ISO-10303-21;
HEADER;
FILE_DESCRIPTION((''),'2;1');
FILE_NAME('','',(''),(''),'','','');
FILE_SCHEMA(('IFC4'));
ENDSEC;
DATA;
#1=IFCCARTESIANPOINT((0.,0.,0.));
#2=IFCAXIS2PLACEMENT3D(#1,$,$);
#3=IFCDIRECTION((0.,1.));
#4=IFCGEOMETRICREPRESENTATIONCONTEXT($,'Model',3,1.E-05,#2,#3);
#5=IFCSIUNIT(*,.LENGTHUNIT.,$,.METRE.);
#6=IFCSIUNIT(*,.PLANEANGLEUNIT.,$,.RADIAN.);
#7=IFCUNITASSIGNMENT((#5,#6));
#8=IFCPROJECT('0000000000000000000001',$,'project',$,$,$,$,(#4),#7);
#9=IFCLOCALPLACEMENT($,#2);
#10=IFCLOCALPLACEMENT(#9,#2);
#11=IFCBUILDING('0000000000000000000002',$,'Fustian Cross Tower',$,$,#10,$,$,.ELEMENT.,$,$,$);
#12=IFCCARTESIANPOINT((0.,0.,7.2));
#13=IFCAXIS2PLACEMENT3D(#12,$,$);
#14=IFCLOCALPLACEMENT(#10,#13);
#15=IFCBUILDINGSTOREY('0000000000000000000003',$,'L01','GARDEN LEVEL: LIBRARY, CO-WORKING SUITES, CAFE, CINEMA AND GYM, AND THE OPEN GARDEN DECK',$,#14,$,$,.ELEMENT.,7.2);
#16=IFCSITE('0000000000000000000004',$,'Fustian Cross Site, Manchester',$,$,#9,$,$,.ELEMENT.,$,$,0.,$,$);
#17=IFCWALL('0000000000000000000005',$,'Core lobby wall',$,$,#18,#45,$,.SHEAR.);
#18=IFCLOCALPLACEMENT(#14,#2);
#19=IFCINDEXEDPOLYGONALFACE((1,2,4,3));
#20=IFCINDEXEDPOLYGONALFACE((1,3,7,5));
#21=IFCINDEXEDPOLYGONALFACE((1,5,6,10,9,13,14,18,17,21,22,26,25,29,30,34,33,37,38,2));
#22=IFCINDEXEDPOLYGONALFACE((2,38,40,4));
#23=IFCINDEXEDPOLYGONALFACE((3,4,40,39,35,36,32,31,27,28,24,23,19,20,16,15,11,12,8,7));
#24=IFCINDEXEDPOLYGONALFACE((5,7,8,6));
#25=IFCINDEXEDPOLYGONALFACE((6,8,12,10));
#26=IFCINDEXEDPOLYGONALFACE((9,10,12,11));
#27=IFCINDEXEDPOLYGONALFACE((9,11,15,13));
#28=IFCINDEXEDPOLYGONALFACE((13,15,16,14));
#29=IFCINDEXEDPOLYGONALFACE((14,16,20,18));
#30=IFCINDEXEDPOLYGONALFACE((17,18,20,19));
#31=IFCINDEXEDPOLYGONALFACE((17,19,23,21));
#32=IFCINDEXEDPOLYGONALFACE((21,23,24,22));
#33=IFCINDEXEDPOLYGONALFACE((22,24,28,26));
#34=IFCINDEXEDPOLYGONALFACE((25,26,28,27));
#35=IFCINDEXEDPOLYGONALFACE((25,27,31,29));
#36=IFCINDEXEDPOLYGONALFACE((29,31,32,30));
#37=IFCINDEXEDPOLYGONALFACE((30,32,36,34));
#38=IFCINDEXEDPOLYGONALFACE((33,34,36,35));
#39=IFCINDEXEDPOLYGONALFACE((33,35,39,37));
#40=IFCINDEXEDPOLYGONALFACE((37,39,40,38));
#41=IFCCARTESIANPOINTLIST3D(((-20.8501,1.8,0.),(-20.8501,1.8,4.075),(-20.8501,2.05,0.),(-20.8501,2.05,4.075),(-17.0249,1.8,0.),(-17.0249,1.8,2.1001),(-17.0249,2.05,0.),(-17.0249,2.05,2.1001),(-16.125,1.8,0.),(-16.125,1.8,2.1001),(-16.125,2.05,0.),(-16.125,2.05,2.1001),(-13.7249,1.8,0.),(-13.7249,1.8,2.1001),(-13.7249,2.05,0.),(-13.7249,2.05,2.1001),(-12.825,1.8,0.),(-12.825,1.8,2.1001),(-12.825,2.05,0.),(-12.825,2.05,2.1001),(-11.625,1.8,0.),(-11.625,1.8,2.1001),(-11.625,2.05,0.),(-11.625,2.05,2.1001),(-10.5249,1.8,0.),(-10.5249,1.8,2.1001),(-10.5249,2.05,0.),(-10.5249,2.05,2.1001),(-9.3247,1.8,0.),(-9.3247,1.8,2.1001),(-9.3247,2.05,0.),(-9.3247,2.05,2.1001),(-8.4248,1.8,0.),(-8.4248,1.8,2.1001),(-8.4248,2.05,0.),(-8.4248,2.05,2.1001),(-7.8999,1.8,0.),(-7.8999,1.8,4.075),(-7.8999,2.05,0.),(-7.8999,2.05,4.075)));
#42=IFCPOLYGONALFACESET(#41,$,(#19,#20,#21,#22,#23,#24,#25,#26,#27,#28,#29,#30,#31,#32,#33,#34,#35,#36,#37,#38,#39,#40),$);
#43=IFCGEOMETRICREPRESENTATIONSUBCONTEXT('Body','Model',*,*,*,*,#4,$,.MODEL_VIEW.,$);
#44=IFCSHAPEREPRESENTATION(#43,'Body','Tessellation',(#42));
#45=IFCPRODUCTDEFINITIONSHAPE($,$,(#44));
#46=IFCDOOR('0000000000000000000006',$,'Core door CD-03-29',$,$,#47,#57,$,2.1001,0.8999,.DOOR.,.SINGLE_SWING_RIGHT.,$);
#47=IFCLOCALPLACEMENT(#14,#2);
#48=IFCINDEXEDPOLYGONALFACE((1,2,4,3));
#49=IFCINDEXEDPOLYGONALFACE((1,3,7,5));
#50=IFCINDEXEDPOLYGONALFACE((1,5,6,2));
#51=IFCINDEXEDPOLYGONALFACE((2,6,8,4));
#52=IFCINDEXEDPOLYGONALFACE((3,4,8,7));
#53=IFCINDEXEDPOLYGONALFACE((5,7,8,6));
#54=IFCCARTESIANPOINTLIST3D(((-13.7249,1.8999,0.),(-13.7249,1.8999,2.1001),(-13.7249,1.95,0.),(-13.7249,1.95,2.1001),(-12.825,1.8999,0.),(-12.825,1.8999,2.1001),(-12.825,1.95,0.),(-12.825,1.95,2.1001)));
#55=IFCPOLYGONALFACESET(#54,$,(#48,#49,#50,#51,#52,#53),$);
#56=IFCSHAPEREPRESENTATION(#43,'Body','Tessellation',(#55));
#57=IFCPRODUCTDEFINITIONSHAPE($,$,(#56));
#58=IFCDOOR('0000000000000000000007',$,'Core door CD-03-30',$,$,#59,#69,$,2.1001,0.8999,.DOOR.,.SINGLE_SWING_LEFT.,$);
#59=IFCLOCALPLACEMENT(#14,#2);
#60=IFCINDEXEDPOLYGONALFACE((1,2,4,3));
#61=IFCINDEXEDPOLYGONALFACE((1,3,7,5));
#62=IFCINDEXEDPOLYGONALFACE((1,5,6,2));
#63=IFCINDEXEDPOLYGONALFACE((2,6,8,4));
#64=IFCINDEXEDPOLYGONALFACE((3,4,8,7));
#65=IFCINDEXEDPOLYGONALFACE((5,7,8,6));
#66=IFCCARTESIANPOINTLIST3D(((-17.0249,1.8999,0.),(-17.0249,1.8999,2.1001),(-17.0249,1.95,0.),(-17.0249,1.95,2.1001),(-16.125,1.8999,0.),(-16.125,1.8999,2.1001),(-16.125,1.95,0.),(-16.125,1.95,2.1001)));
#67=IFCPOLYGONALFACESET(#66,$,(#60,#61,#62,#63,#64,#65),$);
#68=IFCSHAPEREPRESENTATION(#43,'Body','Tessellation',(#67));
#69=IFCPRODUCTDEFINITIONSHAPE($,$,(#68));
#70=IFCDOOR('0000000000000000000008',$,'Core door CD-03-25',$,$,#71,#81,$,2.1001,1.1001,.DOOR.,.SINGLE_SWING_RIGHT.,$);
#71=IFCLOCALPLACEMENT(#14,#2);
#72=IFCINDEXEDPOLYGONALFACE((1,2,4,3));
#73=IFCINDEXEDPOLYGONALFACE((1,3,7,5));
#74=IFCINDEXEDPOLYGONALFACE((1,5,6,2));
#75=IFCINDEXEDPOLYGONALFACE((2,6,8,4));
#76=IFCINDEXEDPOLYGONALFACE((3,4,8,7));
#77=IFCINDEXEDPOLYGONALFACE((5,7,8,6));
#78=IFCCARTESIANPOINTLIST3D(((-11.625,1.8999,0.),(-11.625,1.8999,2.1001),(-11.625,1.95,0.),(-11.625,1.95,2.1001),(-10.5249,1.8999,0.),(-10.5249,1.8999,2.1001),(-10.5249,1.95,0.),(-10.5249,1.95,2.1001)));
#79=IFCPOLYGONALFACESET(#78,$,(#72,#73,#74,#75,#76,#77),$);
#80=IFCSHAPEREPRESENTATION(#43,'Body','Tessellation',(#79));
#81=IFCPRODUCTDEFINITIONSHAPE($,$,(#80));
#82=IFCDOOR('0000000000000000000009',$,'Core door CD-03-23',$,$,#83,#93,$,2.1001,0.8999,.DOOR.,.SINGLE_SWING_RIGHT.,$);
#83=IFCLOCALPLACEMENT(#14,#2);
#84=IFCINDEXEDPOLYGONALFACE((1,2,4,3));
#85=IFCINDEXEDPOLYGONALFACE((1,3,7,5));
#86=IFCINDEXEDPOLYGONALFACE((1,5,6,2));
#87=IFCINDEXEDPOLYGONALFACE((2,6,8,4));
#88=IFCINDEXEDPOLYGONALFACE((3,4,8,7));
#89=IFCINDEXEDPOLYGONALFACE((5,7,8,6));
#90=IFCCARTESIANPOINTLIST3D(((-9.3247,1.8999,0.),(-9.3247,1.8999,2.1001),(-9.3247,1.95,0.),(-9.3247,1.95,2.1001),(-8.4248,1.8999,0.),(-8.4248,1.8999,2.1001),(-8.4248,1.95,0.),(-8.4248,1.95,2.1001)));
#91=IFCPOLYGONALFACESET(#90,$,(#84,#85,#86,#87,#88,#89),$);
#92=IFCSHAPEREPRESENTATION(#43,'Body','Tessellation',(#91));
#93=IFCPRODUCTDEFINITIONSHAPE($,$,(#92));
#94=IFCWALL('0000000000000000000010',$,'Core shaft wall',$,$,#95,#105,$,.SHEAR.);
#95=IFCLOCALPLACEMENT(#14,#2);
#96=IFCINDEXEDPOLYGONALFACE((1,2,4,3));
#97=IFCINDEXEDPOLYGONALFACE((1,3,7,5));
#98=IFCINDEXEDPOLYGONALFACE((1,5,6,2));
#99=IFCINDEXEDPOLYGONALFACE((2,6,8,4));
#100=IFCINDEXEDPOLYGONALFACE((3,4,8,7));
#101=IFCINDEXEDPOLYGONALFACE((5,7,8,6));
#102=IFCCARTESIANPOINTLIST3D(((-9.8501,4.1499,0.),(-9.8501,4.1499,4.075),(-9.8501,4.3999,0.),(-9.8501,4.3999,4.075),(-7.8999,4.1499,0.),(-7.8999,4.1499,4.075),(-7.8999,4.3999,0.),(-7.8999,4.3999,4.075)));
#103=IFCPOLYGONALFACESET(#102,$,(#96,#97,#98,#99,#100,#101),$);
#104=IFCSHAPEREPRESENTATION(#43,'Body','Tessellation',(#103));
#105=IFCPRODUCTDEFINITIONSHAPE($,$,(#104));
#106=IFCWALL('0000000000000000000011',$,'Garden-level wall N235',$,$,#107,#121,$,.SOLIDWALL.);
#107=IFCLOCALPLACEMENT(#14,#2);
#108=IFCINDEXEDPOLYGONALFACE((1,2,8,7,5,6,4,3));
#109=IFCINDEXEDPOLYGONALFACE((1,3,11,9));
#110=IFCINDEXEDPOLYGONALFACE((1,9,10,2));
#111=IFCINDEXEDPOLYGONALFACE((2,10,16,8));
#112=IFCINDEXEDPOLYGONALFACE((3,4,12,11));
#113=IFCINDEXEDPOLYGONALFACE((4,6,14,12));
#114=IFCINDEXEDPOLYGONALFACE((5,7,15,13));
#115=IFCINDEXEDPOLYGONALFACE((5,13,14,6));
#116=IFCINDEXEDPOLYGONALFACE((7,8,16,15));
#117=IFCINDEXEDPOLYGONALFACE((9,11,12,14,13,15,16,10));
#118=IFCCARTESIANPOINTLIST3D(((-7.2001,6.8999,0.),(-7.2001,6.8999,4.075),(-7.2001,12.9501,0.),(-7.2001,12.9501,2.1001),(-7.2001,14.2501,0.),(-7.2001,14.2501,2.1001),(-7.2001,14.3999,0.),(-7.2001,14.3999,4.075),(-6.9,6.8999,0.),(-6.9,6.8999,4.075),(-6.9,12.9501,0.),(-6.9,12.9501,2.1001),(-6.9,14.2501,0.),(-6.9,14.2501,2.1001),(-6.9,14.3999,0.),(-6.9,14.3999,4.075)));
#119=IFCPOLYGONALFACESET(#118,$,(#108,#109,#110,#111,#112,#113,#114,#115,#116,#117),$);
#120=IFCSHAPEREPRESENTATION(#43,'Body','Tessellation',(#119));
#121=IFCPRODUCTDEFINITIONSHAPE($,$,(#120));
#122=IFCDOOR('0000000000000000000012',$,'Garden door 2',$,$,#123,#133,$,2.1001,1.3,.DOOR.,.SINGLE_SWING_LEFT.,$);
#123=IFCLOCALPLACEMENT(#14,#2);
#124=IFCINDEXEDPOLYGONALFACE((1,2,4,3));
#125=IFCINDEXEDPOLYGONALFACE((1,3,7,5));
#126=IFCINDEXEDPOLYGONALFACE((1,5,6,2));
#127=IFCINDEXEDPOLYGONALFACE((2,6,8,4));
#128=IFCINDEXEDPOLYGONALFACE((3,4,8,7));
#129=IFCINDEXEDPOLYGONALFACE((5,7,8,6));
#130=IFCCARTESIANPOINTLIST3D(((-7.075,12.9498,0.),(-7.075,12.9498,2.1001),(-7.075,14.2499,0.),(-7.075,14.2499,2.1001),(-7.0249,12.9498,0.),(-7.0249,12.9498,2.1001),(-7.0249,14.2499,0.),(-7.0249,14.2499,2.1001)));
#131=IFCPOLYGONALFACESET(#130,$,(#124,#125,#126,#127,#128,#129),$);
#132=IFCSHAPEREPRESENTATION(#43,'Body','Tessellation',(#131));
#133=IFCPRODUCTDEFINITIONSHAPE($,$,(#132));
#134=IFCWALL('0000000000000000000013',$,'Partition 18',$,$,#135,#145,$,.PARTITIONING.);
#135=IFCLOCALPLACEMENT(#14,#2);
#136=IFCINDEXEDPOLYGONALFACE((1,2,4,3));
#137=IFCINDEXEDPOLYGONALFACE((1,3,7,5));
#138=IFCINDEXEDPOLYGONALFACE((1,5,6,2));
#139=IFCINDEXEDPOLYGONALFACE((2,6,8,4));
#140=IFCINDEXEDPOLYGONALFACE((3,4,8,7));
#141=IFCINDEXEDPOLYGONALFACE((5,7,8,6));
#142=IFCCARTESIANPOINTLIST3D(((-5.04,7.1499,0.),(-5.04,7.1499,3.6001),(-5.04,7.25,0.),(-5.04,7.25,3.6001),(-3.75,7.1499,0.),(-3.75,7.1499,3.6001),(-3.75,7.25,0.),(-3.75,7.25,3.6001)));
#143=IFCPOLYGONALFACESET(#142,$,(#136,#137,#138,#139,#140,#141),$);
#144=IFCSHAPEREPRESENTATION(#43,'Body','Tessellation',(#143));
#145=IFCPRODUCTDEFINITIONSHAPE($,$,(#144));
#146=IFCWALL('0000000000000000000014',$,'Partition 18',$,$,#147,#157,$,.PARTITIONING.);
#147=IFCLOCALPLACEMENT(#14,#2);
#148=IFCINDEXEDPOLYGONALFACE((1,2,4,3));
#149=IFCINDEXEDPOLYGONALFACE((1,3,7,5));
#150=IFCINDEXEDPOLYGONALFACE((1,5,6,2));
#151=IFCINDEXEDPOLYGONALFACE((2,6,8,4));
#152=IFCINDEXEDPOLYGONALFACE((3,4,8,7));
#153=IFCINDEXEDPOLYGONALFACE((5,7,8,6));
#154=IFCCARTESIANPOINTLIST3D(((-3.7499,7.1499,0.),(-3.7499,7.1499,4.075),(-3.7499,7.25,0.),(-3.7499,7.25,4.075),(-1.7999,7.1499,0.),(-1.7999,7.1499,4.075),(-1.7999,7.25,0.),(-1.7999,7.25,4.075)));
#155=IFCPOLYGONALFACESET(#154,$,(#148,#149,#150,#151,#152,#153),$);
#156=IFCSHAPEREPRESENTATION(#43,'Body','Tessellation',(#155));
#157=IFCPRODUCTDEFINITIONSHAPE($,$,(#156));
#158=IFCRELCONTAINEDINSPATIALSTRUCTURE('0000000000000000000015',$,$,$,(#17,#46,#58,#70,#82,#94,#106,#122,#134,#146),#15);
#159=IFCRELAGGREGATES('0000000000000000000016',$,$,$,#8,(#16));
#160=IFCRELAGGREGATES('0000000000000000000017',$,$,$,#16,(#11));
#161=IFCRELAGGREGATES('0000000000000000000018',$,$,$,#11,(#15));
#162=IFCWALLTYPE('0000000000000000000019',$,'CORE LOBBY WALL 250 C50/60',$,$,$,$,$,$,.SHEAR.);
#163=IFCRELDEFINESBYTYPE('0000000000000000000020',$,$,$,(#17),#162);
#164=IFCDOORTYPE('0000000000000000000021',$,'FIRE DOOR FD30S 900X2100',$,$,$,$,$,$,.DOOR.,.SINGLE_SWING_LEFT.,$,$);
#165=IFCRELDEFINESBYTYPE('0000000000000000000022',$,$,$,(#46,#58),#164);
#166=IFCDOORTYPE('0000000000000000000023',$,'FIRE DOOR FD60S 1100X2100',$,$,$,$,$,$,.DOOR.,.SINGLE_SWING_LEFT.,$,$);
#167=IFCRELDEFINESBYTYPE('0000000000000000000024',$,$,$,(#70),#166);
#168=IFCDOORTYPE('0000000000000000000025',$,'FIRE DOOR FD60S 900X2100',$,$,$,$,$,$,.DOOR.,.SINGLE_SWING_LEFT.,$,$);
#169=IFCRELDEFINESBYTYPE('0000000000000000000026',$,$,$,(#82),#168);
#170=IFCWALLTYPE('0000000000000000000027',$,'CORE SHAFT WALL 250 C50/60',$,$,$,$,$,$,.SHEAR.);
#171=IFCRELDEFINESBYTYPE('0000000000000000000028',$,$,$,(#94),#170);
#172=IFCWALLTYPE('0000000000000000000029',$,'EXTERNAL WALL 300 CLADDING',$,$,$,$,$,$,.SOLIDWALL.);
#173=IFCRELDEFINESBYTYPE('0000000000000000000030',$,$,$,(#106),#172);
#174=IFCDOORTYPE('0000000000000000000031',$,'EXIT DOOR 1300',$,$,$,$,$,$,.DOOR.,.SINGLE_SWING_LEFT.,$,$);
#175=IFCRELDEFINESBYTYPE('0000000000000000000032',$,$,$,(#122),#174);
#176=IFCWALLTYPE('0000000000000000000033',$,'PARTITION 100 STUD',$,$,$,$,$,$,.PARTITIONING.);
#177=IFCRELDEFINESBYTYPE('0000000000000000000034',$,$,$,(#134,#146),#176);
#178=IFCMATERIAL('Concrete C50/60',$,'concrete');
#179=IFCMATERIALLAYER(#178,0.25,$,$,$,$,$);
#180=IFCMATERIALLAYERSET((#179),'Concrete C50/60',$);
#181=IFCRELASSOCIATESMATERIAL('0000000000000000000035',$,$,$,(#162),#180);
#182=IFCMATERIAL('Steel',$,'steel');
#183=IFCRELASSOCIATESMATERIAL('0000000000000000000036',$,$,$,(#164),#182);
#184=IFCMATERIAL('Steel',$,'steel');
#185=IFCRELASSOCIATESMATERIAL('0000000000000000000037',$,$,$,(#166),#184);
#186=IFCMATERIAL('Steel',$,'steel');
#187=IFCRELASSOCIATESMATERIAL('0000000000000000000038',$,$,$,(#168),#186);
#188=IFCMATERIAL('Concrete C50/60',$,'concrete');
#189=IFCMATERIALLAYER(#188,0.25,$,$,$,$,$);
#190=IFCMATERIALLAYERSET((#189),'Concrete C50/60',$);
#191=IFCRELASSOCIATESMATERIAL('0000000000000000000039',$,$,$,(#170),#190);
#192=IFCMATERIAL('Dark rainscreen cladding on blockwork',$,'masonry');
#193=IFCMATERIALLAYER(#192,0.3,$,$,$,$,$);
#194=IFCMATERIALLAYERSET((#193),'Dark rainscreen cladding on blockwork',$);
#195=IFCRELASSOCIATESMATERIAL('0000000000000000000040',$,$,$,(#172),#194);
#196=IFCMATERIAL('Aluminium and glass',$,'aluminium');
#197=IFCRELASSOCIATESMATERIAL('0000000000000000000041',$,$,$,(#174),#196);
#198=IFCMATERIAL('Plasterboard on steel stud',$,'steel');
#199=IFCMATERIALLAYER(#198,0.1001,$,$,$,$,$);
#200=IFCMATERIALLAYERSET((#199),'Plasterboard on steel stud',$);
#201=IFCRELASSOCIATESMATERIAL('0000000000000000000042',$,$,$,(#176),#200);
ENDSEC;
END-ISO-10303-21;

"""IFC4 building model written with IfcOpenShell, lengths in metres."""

from ifc_helpers import new_model, si_unit, direction, frame, frame_2d, origin, place, context, subcontext, project, spatial, rectangle, extrude, material, layer, layer_set, type_object, element, fill, save


model = new_model("IFC4")

# Units and contexts
model_context = context("Model", 3, precision=1e-05, world=origin(), true_north=direction((0.0, 1.0)))
body_context = subcontext(model_context, "Body", "Model", "MODEL_VIEW")
ifc_project = project(units=[si_unit("LENGTHUNIT", "METRE"), si_unit("PLANEANGLEUNIT", "RADIAN")], contexts=[model_context])

# Site, building, storey
site_placement = place(None, origin())
site = spatial("IfcSite", under=ifc_project, at=site_placement, Name="Fustian Cross Site, Manchester", CompositionType="ELEMENT", RefElevation=0.0)
building_placement = place(site_placement, origin())
building = spatial("IfcBuilding", under=site, at=building_placement, Name="Fustian Cross Tower", CompositionType="ELEMENT")
storey_placement = place(building_placement, frame((0.0, 0.0, 7.2)))
storey = spatial("IfcBuildingStorey", under=building, at=storey_placement, Name="L01", Description="GARDEN LEVEL: LIBRARY, CO-WORKING SUITES, CAFE, CINEMA AND GYM, AND THE OPEN GARDEN DECK", CompositionType="ELEMENT", Elevation=7.2)

# Wall, openings, doors
ifc_material_1 = material(Name="Concrete C50/60", Category="concrete")
ifc_layer_1 = layer(ifc_material_1, 0.25)
ifc_layer_set_1 = layer_set([ifc_layer_1], Name="Concrete C50/60")
wall_type_1 = type_object("IfcWallType", Name="CORE LOBBY WALL 250 C50/60", PredefinedType="SHEAR", material=ifc_layer_set_1)
wall_1_placement = place(storey_placement, frame((-7.8999, 1.925, 0.0), z_axis=(0.0, 0.0, 1.0), x_axis=(-1.0, 0.0, 0.0)))
wall_1 = element("IfcWall", 1, at=wall_1_placement, inside=storey, type_object=wall_type_1, Name="Core lobby wall", PredefinedType="SHEAR", context=body_context, shape_type="SweptSolid", body=[
    extrude(rectangle(XDim=12.9502, YDim=0.25, at=frame_2d((6.4751, 0.0))), origin(), (0.0, 0.0, 1.0), 4.075),
])
opening_1_placement = place(wall_1_placement, frame((0.5249, 0.0, 0.0)))
opening_1 = element("IfcOpeningElement", 2, at=opening_1_placement, cuts=wall_1, PredefinedType="OPENING", context=body_context, shape_type="SweptSolid", body=[
    extrude(rectangle(XDim=0.8999, YDim=2.1001, at=frame_2d((0.45, 1.05))), frame((0.0, 0.135, 0.0), z_axis=(0.0, -1.0, 0.0), x_axis=(1.0, 0.0, 0.0)), (0.0, 0.0, 1.0), 0.27),
])
opening_2_placement = place(wall_1_placement, frame((2.625, 0.0, 0.0)))
opening_2 = element("IfcOpeningElement", 3, at=opening_2_placement, cuts=wall_1, PredefinedType="OPENING", context=body_context, shape_type="SweptSolid", body=[
    extrude(rectangle(XDim=1.1001, YDim=2.1001, at=frame_2d((0.55, 1.05))), frame((0.0, 0.135, 0.0), z_axis=(0.0, -1.0, 0.0), x_axis=(1.0, 0.0, 0.0)), (0.0, 0.0, 1.0), 0.27),
])
opening_3_placement = place(wall_1_placement, frame((4.925, 0.0, 0.0)))
opening_3 = element("IfcOpeningElement", 4, at=opening_3_placement, cuts=wall_1, PredefinedType="OPENING", context=body_context, shape_type="SweptSolid", body=[
    extrude(rectangle(XDim=0.8999, YDim=2.1001, at=frame_2d((0.45, 1.05))), frame((0.0, 0.135, 0.0), z_axis=(0.0, -1.0, 0.0), x_axis=(1.0, 0.0, 0.0)), (0.0, 0.0, 1.0), 0.27),
])
opening_4_placement = place(wall_1_placement, frame((8.2251, 0.0, 0.0)))
opening_4 = element("IfcOpeningElement", 5, at=opening_4_placement, cuts=wall_1, PredefinedType="OPENING", context=body_context, shape_type="SweptSolid", body=[
    extrude(rectangle(XDim=0.8999, YDim=2.1001, at=frame_2d((0.45, 1.05))), frame((0.0, 0.135, 0.0), z_axis=(0.0, -1.0, 0.0), x_axis=(1.0, 0.0, 0.0)), (0.0, 0.0, 1.0), 0.27),
])
ifc_material_2 = material(Name="Steel", Category="steel")
door_type_1 = type_object("IfcDoorType", Name="FIRE DOOR FD30S 900X2100", OperationType="SINGLE_SWING_LEFT", PredefinedType="DOOR", material=ifc_material_2)
door_1_placement = place(opening_3_placement, frame((0.8999, 0.0, 0.0), z_axis=(0.0, 0.0, 1.0), x_axis=(-1.0, 0.0, 0.0)))
door_1 = element("IfcDoor", 6, at=door_1_placement, inside=storey, type_object=door_type_1, Name="Core door CD-03-29", OperationType="SINGLE_SWING_RIGHT", OverallHeight=2.1001, OverallWidth=0.8999, PredefinedType="DOOR", context=body_context, shape_type="SweptSolid", body=[
    extrude(rectangle(XDim=0.8999, YDim=2.1001, at=frame_2d((0.45, 1.05))), frame((0.0, 0.0249, 0.0), z_axis=(0.0, -1.0, 0.0), x_axis=(1.0, 0.0, 0.0)), (0.0, 0.0, 1.0), 0.05),
])
fill(opening_3, door_1)
door_2_placement = place(opening_4_placement, frame((0.8999, 0.0, 0.0), z_axis=(0.0, 0.0, 1.0), x_axis=(-1.0, 0.0, 0.0)))
door_2 = element("IfcDoor", 7, at=door_2_placement, inside=storey, type_object=door_type_1, Name="Core door CD-03-30", OperationType="SINGLE_SWING_LEFT", OverallHeight=2.1001, OverallWidth=0.8999, PredefinedType="DOOR", context=body_context, shape_type="SweptSolid", body=[
    extrude(rectangle(XDim=0.8999, YDim=2.1001, at=frame_2d((0.45, 1.05))), frame((0.0, 0.0249, 0.0), z_axis=(0.0, -1.0, 0.0), x_axis=(1.0, 0.0, 0.0)), (0.0, 0.0, 1.0), 0.05),
])
fill(opening_4, door_2)
ifc_material_3 = material(Name="Steel", Category="steel")
door_type_2 = type_object("IfcDoorType", Name="FIRE DOOR FD60S 1100X2100", OperationType="SINGLE_SWING_LEFT", PredefinedType="DOOR", material=ifc_material_3)
door_3_placement = place(opening_2_placement, frame((1.1001, 0.0, 0.0), z_axis=(0.0, 0.0, 1.0), x_axis=(-1.0, 0.0, 0.0)))
door_3 = element("IfcDoor", 8, at=door_3_placement, inside=storey, type_object=door_type_2, Name="Core door CD-03-25", OperationType="SINGLE_SWING_RIGHT", OverallHeight=2.1001, OverallWidth=1.1001, PredefinedType="DOOR", context=body_context, shape_type="SweptSolid", body=[
    extrude(rectangle(XDim=1.1001, YDim=2.1001, at=frame_2d((0.55, 1.05))), frame((0.0, 0.0249, 0.0), z_axis=(0.0, -1.0, 0.0), x_axis=(1.0, 0.0, 0.0)), (0.0, 0.0, 1.0), 0.05),
])
fill(opening_2, door_3)
ifc_material_4 = material(Name="Steel", Category="steel")
door_type_3 = type_object("IfcDoorType", Name="FIRE DOOR FD60S 900X2100", OperationType="SINGLE_SWING_LEFT", PredefinedType="DOOR", material=ifc_material_4)
door_4_placement = place(opening_1_placement, frame((0.8999, 0.0, 0.0), z_axis=(0.0, 0.0, 1.0), x_axis=(-1.0, 0.0, 0.0)))
door_4 = element("IfcDoor", 9, at=door_4_placement, inside=storey, type_object=door_type_3, Name="Core door CD-03-23", OperationType="SINGLE_SWING_RIGHT", OverallHeight=2.1001, OverallWidth=0.8999, PredefinedType="DOOR", context=body_context, shape_type="SweptSolid", body=[
    extrude(rectangle(XDim=0.8999, YDim=2.1001, at=frame_2d((0.45, 1.05))), frame((0.0, 0.0249, 0.0), z_axis=(0.0, -1.0, 0.0), x_axis=(1.0, 0.0, 0.0)), (0.0, 0.0, 1.0), 0.05),
])
fill(opening_1, door_4)

# Wall
ifc_material_5 = material(Name="Concrete C50/60", Category="concrete")
ifc_layer_2 = layer(ifc_material_5, 0.25)
ifc_layer_set_2 = layer_set([ifc_layer_2], Name="Concrete C50/60")
wall_type_2 = type_object("IfcWallType", Name="CORE SHAFT WALL 250 C50/60", PredefinedType="SHEAR", material=ifc_layer_set_2)
wall_2_placement = place(storey_placement, frame((-7.8999, 4.2749, 0.0), z_axis=(0.0, 0.0, 1.0), x_axis=(-1.0, 0.0, 0.0)))
element("IfcWall", 10, at=wall_2_placement, inside=storey, type_object=wall_type_2, Name="Core shaft wall", PredefinedType="SHEAR", context=body_context, shape_type="SweptSolid", body=[
    extrude(rectangle(XDim=1.9502, YDim=0.25, at=frame_2d((0.9751, 0.0))), origin(), (0.0, 0.0, 1.0), 4.075),
])

# Wall, opening, door
ifc_material_6 = material(Name="Dark rainscreen cladding on blockwork", Category="masonry")
ifc_layer_3 = layer(ifc_material_6, 0.3)
ifc_layer_set_3 = layer_set([ifc_layer_3], Name="Dark rainscreen cladding on blockwork")
wall_type_3 = type_object("IfcWallType", Name="EXTERNAL WALL 300 CLADDING", PredefinedType="SOLIDWALL", material=ifc_layer_set_3)
wall_3_placement = place(storey_placement, frame((-7.05, 14.3999, 0.0), z_axis=(0.0, 0.0, 1.0), x_axis=(0.0, -1.0, 0.0)))
wall_3 = element("IfcWall", 11, at=wall_3_placement, inside=storey, type_object=wall_type_3, Name="Garden-level wall N235", PredefinedType="SOLIDWALL", context=body_context, shape_type="SweptSolid", body=[
    extrude(rectangle(XDim=7.5, YDim=0.3, at=frame_2d((3.75, 0.0))), origin(), (0.0, 0.0, 1.0), 4.075),
])
opening_5_placement = place(wall_3_placement, frame((0.1499, 0.0, 0.0)))
opening_5 = element("IfcOpeningElement", 12, at=opening_5_placement, cuts=wall_3, PredefinedType="OPENING", context=body_context, shape_type="SweptSolid", body=[
    extrude(rectangle(XDim=1.3, YDim=2.1001, at=frame_2d((0.6499, 1.05))), frame((0.0, 0.1599, 0.0), z_axis=(0.0, -1.0, 0.0), x_axis=(1.0, 0.0, 0.0)), (0.0, 0.0, 1.0), 0.3201),
])
ifc_material_7 = material(Name="Aluminium and glass", Category="aluminium")
door_type_4 = type_object("IfcDoorType", Name="EXIT DOOR 1300", OperationType="SINGLE_SWING_LEFT", PredefinedType="DOOR", material=ifc_material_7)
door_5_placement = place(opening_5_placement, frame((1.3, 0.0, 0.0), z_axis=(0.0, 0.0, 1.0), x_axis=(-1.0, 0.0, 0.0)))
door_5 = element("IfcDoor", 13, at=door_5_placement, inside=storey, type_object=door_type_4, Name="Garden door 2", OperationType="SINGLE_SWING_LEFT", OverallHeight=2.1001, OverallWidth=1.3, PredefinedType="DOOR", context=body_context, shape_type="SweptSolid", body=[
    extrude(rectangle(XDim=1.3, YDim=2.1001, at=frame_2d((0.6499, 1.05))), frame((0.0, 0.0249, 0.0), z_axis=(0.0, -1.0, 0.0), x_axis=(1.0, 0.0, 0.0)), (0.0, 0.0, 1.0), 0.05),
])
fill(opening_5, door_5)

# Walls
ifc_material_8 = material(Name="Plasterboard on steel stud", Category="steel")
ifc_layer_4 = layer(ifc_material_8, 0.1001)
ifc_layer_set_4 = layer_set([ifc_layer_4], Name="Plasterboard on steel stud")
wall_type_4 = type_object("IfcWallType", Name="PARTITION 100 STUD", PredefinedType="PARTITIONING", material=ifc_layer_set_4)
wall_4_placement = place(storey_placement, frame((-5.04, 7.2, 0.0), z_axis=(0.0, 0.0, 1.0), x_axis=(1.0, 0.0, 0.0)))
element("IfcWall", 14, at=wall_4_placement, inside=storey, type_object=wall_type_4, Name="Partition 18", PredefinedType="PARTITIONING", context=body_context, shape_type="SweptSolid", body=[
    extrude(rectangle(XDim=1.29, YDim=0.1001, at=frame_2d((0.645, 0.0))), origin(), (0.0, 0.0, 1.0), 3.6001),
])
wall_5_placement = place(storey_placement, frame((-3.75, 7.2, 0.0), z_axis=(0.0, 0.0, 1.0), x_axis=(1.0, 0.0, 0.0)))
element("IfcWall", 15, at=wall_5_placement, inside=storey, type_object=wall_type_4, Name="Partition 18", PredefinedType="PARTITIONING", context=body_context, shape_type="SweptSolid", body=[
    extrude(rectangle(XDim=1.95, YDim=0.1001, at=frame_2d((0.9751, 0.0))), origin(), (0.0, 0.0, 1.0), 4.075),
])

save(model, "model.ifc")
